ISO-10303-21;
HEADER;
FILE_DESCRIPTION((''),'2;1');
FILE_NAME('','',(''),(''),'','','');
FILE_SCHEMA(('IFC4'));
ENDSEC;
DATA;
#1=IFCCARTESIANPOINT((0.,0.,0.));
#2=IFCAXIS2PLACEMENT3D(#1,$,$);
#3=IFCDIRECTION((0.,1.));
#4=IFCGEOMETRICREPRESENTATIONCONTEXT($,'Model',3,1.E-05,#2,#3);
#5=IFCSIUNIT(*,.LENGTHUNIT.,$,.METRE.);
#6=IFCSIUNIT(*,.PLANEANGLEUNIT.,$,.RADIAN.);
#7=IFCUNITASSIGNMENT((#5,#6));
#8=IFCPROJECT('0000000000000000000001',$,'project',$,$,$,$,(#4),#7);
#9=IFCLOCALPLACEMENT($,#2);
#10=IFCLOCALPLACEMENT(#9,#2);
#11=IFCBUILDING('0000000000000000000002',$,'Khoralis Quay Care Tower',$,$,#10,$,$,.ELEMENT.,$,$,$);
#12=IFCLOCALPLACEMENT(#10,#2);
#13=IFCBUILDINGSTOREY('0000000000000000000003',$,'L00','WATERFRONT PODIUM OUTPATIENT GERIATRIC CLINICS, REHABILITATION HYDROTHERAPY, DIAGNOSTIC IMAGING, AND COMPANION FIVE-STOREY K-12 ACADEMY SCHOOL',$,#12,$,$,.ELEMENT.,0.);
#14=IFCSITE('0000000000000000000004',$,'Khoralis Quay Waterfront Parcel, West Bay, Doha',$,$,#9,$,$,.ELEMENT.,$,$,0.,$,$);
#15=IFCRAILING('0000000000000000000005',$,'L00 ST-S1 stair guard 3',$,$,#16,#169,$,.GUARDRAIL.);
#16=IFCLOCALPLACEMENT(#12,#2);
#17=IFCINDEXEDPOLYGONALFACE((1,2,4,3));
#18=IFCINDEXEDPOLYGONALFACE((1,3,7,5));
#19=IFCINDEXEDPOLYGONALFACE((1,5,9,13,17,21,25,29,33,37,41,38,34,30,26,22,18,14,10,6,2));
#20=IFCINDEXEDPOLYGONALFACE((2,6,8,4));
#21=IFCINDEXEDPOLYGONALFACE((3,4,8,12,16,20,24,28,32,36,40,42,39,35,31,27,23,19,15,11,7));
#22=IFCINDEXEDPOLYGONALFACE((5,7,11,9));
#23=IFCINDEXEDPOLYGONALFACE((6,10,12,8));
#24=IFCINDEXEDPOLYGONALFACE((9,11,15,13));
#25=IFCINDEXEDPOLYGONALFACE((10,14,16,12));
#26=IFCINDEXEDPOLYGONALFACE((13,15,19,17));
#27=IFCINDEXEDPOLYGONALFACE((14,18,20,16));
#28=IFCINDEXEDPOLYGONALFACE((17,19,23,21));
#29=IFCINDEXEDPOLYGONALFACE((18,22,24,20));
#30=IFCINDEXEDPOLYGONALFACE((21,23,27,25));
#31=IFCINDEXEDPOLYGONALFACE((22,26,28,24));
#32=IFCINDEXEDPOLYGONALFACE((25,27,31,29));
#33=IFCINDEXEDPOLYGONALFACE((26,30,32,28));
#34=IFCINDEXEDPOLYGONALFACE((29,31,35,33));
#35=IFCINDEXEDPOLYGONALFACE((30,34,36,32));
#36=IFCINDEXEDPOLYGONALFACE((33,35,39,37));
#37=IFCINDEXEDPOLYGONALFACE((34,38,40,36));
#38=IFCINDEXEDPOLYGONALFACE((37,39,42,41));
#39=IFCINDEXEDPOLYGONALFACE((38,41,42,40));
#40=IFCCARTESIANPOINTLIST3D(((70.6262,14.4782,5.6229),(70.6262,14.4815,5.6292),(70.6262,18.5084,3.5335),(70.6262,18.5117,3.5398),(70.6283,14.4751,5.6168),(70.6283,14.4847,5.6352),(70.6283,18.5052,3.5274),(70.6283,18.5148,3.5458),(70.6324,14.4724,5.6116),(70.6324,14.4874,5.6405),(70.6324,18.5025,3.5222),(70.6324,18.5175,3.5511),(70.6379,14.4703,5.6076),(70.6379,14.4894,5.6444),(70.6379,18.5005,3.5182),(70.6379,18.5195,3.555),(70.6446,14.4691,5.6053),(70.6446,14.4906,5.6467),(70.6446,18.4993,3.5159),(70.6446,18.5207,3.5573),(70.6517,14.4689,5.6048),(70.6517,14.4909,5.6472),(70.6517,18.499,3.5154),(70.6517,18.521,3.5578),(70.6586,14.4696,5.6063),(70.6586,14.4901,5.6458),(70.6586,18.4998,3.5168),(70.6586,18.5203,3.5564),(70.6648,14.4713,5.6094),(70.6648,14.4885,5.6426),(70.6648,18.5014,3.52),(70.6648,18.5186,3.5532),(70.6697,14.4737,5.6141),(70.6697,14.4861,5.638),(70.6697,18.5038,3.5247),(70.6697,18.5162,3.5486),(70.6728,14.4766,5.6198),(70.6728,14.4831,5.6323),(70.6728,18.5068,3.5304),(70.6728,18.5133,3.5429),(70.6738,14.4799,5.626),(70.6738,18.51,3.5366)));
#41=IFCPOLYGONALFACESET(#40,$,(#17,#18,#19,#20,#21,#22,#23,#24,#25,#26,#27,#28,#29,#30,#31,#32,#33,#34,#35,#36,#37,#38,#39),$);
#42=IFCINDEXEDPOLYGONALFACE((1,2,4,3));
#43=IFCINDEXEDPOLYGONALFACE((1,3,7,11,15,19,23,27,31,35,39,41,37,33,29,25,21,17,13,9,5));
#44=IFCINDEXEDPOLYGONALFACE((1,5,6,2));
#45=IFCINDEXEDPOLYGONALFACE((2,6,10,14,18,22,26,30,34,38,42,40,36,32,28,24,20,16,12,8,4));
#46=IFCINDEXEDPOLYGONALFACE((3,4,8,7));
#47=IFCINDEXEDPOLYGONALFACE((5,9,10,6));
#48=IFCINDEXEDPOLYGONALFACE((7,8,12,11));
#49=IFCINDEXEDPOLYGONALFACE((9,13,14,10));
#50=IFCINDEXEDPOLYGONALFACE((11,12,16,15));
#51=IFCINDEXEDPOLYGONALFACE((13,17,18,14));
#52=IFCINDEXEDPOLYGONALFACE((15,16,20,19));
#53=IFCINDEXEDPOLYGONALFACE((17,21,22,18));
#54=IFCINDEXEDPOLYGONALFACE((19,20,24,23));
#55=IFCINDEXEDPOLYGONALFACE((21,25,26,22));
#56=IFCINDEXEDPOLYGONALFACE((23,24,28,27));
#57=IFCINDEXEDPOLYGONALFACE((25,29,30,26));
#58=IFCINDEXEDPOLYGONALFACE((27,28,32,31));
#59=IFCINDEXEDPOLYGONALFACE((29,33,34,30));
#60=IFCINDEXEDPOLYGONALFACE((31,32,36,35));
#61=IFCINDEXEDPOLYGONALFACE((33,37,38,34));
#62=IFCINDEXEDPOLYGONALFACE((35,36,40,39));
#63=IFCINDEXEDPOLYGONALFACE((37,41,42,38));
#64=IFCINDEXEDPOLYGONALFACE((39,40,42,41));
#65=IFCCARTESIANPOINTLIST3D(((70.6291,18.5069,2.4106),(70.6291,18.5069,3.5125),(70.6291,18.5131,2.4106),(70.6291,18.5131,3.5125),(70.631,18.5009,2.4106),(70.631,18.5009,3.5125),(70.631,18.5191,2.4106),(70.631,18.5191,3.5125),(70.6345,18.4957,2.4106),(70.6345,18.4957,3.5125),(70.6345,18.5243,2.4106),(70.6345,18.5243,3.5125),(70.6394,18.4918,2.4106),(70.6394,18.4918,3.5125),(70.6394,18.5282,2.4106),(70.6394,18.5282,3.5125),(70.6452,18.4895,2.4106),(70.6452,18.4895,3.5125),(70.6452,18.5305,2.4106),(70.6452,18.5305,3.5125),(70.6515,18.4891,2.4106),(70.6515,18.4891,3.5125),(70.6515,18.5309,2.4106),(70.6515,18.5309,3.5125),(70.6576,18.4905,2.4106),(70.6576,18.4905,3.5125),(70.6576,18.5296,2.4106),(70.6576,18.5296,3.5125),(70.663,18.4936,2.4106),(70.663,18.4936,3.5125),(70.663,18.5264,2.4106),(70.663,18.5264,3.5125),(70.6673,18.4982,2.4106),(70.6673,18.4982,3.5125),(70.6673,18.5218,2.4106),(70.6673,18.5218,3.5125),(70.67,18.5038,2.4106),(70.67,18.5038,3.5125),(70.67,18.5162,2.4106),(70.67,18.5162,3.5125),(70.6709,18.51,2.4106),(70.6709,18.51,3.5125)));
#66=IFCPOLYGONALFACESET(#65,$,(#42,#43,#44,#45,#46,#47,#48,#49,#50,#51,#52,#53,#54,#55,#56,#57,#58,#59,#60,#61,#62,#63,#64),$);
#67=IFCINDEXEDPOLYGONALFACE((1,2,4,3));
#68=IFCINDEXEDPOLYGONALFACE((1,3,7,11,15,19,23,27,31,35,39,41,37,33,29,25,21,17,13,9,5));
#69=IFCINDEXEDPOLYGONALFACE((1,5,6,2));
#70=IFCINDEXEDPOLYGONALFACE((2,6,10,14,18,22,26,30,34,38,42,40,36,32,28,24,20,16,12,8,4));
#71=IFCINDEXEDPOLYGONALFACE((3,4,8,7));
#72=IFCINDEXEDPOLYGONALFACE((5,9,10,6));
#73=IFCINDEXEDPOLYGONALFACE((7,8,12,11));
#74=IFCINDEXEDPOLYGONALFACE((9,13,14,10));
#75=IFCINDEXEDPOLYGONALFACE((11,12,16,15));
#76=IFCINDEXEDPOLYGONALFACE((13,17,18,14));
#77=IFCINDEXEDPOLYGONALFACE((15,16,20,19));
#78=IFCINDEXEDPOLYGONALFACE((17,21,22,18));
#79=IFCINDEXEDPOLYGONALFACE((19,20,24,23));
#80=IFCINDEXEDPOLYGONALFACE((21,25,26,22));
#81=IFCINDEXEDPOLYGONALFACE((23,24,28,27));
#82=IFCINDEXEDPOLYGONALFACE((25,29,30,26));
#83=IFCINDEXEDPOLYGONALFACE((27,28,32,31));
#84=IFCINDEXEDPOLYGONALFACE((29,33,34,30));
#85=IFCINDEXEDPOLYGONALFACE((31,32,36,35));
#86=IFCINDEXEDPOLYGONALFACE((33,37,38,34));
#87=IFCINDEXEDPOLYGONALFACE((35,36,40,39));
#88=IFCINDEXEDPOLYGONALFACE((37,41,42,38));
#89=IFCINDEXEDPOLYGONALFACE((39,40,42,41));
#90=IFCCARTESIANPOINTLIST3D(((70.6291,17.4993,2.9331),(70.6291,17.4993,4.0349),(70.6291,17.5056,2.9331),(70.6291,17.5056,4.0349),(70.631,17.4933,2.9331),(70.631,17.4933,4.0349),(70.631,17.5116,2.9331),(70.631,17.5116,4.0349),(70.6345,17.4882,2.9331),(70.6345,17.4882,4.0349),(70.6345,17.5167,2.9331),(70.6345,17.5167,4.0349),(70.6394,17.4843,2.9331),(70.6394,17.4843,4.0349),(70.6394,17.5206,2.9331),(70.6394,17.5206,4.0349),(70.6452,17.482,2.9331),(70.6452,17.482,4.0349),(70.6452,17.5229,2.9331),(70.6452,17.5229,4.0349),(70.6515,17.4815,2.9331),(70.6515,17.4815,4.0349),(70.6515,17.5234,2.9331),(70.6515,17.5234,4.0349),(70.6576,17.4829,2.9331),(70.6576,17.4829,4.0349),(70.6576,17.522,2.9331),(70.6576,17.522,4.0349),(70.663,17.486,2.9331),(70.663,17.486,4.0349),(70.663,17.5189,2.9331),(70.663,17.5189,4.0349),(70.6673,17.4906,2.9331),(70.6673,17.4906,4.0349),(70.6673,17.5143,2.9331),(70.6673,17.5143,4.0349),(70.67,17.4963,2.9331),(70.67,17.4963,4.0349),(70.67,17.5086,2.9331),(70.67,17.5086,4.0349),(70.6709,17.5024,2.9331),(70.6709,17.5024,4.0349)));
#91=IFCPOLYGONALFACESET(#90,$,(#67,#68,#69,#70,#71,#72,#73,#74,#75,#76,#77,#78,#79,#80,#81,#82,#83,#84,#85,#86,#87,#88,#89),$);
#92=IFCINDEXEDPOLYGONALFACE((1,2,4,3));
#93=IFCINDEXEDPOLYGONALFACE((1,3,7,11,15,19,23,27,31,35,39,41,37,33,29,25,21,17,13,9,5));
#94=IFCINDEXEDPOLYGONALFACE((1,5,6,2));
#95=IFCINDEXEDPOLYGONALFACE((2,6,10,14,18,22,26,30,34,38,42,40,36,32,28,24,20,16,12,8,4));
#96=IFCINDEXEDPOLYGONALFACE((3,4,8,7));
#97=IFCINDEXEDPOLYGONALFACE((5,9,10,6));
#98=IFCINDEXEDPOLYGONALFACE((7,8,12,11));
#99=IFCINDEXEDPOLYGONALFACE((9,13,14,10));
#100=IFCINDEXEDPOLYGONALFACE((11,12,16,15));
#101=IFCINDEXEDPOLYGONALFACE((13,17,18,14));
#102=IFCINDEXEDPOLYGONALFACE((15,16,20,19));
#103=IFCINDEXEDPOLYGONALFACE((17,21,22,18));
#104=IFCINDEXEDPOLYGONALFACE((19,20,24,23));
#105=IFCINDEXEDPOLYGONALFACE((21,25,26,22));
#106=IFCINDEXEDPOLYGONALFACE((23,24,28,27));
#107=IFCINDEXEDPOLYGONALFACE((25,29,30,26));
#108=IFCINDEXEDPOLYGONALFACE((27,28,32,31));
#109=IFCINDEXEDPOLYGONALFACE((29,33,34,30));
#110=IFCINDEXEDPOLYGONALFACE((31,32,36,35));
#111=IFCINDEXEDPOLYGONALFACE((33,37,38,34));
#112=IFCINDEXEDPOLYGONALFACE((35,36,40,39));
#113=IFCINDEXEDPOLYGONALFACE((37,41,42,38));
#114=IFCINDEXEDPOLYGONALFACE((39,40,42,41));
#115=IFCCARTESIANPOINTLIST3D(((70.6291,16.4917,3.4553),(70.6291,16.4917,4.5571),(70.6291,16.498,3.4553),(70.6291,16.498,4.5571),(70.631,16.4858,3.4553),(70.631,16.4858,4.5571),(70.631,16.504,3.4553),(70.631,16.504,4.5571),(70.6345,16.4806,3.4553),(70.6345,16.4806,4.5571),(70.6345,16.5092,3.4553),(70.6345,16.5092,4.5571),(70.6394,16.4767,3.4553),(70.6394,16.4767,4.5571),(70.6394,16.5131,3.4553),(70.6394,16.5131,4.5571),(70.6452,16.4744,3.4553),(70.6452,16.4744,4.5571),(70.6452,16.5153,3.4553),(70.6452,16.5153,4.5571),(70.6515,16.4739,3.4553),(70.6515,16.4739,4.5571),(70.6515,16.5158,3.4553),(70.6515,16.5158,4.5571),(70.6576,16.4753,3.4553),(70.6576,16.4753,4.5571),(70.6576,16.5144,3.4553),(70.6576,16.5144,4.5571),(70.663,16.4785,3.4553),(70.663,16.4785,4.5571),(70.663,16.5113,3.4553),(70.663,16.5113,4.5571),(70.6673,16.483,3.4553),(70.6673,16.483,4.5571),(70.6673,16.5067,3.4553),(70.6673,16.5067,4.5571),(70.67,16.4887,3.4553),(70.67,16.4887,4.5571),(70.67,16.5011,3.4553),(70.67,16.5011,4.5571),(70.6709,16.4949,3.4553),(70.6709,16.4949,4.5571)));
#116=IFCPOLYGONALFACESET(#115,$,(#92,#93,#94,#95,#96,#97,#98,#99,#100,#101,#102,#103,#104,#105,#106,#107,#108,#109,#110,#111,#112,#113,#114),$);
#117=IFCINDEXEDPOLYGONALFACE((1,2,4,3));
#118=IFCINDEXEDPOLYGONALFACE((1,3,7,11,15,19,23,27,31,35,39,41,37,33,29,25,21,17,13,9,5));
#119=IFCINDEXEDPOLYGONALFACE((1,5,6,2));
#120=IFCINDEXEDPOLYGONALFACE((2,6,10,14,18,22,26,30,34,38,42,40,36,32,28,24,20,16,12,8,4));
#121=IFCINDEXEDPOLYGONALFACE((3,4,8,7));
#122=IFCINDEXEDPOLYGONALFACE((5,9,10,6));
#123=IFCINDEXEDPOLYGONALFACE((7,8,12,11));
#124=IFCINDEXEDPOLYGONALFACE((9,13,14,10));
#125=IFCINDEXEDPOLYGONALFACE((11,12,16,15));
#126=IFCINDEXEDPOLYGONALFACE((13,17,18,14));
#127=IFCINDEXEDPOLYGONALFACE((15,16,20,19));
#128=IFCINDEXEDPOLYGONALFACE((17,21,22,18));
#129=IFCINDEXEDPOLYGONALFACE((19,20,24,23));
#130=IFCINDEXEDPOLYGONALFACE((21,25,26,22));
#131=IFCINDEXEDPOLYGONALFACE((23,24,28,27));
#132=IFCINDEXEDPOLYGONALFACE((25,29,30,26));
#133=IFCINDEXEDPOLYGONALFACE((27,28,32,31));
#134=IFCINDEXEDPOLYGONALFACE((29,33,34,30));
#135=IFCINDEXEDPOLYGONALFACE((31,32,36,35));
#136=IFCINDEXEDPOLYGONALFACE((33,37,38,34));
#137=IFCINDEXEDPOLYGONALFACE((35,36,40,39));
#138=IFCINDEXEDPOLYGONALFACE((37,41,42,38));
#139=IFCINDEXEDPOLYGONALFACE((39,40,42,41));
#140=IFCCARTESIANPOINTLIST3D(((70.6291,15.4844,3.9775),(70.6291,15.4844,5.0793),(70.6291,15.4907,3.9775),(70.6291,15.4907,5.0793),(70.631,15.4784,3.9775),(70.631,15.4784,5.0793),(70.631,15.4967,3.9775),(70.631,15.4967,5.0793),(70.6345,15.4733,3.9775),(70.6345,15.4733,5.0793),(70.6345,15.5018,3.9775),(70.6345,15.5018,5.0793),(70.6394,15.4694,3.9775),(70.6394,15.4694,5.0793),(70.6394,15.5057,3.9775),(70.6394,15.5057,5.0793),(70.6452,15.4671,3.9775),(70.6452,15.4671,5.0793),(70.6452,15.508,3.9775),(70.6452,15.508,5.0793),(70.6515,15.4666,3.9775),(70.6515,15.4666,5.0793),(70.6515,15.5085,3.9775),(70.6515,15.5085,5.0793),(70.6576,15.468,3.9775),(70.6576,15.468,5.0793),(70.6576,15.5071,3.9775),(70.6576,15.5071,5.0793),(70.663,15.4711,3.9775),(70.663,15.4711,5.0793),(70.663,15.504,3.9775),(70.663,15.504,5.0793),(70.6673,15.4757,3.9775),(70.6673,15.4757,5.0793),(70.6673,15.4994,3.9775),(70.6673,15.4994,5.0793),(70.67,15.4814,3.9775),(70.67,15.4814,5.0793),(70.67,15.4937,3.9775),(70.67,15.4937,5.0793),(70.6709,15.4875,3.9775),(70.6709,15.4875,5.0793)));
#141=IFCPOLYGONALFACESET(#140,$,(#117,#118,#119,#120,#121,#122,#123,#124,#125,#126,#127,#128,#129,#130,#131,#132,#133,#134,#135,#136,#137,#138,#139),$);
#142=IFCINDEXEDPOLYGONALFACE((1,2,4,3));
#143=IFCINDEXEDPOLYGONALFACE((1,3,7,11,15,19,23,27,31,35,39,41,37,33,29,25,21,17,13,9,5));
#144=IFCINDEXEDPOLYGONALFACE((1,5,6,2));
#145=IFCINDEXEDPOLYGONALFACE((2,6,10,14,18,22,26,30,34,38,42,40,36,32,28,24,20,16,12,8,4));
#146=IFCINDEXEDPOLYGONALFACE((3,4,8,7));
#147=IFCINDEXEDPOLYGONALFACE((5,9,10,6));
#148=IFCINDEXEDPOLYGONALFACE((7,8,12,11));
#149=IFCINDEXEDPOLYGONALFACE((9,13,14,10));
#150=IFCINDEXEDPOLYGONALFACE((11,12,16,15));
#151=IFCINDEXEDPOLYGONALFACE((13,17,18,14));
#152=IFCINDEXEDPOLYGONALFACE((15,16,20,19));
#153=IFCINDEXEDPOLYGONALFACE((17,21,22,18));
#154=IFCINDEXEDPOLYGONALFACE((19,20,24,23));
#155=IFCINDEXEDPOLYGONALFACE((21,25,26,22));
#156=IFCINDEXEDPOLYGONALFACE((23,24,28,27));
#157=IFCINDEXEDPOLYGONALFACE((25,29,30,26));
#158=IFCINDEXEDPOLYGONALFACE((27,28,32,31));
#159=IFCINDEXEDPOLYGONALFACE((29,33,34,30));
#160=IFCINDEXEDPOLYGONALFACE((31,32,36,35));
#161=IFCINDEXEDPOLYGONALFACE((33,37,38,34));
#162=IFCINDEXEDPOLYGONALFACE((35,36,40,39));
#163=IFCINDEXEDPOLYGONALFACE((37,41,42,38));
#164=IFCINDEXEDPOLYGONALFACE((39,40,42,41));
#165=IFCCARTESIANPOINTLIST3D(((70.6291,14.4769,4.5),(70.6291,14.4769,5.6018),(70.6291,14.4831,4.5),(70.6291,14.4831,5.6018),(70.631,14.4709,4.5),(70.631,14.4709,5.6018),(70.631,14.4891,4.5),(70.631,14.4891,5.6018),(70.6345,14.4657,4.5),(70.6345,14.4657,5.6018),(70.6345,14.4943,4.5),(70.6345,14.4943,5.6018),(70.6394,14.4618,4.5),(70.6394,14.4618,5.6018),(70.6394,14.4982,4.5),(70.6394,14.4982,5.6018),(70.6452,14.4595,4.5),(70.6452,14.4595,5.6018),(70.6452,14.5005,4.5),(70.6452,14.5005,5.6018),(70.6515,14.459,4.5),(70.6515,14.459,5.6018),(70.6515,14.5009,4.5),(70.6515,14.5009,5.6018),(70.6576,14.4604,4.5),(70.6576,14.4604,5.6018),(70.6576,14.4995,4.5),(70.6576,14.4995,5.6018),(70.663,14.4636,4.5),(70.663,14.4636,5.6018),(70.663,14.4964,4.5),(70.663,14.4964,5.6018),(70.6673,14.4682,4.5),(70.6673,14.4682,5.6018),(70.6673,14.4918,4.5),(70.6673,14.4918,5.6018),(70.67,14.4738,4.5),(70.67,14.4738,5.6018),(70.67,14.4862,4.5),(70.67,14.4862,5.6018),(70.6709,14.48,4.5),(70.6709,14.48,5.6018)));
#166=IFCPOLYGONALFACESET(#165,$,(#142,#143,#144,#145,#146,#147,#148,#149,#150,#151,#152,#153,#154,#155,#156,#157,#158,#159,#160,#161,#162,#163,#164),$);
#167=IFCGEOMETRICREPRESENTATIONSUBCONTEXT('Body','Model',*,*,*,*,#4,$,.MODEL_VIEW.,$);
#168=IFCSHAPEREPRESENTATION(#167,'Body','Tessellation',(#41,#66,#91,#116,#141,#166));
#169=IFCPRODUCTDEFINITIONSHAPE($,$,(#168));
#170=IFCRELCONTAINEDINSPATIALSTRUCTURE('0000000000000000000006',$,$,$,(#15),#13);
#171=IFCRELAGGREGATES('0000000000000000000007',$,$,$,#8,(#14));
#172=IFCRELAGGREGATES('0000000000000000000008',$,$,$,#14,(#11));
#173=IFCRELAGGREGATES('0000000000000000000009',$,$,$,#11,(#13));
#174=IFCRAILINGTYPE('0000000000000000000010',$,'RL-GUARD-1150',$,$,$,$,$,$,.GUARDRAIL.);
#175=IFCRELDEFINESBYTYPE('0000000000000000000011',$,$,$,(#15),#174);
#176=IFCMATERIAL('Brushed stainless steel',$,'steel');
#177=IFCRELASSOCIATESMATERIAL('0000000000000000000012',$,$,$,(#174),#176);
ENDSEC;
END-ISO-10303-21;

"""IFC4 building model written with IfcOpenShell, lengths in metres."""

from ifc_helpers import new_model, si_unit, direction, frame, origin, origin_2d, place, context, subcontext, project, spatial, circle, extrude, material, type_object, element, save


model = new_model("IFC4")

# Units and contexts
model_context = context("Model", 3, precision=1e-05, world=origin(), true_north=direction((0.0, 1.0)))
body_context = subcontext(model_context, "Body", "Model", "MODEL_VIEW")
ifc_project = project(units=[si_unit("LENGTHUNIT", "METRE"), si_unit("PLANEANGLEUNIT", "RADIAN")], contexts=[model_context])

# Site, building, storey
site_placement = place(None, origin())
site = spatial("IfcSite", under=ifc_project, at=site_placement, Name="Khoralis Quay Waterfront Parcel, West Bay, Doha", CompositionType="ELEMENT", RefElevation=0.0)
building_placement = place(site_placement, origin())
building = spatial("IfcBuilding", under=site, at=building_placement, Name="Khoralis Quay Care Tower", CompositionType="ELEMENT")
storey_placement = place(building_placement, origin())
storey = spatial("IfcBuildingStorey", under=building, at=storey_placement, Name="L00", Description="WATERFRONT PODIUM OUTPATIENT GERIATRIC CLINICS, REHABILITATION HYDROTHERAPY, DIAGNOSTIC IMAGING, AND COMPANION FIVE-STOREY K-12 ACADEMY SCHOOL", CompositionType="ELEMENT", Elevation=0.0)

# Shared definitions
ifc_material_1 = material(Name="Brushed stainless steel", Category="steel")

# Railing
railing_type_1 = type_object("IfcRailingType", Name="RL-GUARD-1150", PredefinedType="GUARDRAIL", material=ifc_material_1)
railing_1_placement = place(storey_placement, frame((70.6499, 18.51, 2.4106)))
element("IfcRailing", 1, at=railing_1_placement, inside=storey, type_object=railing_type_1, Name="L00 ST-S1 stair guard 3", PredefinedType="GUARDRAIL", context=body_context, shape_type="SweptSolid", body=[
    extrude(circle(Radius=0.0239, at=origin_2d()), frame((0.0, 0.0, 1.126), z_axis=(0.0, -0.887781, 0.460267), x_axis=(1.0, 0.0, 0.0)), (0.0, 0.0, 1.0), 4.5396),
    extrude(circle(Radius=0.021, at=origin_2d()), origin(), (0.0, 0.0, 1.0), 1.1018),
    extrude(circle(Radius=0.021, at=origin_2d()), frame((0.0, -1.0076, 0.5225)), (0.0, 0.0, 1.0), 1.1018),
    extrude(circle(Radius=0.021, at=origin_2d()), frame((0.0, -2.0151, 1.0447)), (0.0, 0.0, 1.0), 1.1018),
    extrude(circle(Radius=0.021, at=origin_2d()), frame((0.0, -3.0225, 1.5669)), (0.0, 0.0, 1.0), 1.1018),
    extrude(circle(Radius=0.021, at=origin_2d()), frame((0.0, -4.03, 2.0894)), (0.0, 0.0, 1.0), 1.1018),
])

save(model, "model.ifc")
